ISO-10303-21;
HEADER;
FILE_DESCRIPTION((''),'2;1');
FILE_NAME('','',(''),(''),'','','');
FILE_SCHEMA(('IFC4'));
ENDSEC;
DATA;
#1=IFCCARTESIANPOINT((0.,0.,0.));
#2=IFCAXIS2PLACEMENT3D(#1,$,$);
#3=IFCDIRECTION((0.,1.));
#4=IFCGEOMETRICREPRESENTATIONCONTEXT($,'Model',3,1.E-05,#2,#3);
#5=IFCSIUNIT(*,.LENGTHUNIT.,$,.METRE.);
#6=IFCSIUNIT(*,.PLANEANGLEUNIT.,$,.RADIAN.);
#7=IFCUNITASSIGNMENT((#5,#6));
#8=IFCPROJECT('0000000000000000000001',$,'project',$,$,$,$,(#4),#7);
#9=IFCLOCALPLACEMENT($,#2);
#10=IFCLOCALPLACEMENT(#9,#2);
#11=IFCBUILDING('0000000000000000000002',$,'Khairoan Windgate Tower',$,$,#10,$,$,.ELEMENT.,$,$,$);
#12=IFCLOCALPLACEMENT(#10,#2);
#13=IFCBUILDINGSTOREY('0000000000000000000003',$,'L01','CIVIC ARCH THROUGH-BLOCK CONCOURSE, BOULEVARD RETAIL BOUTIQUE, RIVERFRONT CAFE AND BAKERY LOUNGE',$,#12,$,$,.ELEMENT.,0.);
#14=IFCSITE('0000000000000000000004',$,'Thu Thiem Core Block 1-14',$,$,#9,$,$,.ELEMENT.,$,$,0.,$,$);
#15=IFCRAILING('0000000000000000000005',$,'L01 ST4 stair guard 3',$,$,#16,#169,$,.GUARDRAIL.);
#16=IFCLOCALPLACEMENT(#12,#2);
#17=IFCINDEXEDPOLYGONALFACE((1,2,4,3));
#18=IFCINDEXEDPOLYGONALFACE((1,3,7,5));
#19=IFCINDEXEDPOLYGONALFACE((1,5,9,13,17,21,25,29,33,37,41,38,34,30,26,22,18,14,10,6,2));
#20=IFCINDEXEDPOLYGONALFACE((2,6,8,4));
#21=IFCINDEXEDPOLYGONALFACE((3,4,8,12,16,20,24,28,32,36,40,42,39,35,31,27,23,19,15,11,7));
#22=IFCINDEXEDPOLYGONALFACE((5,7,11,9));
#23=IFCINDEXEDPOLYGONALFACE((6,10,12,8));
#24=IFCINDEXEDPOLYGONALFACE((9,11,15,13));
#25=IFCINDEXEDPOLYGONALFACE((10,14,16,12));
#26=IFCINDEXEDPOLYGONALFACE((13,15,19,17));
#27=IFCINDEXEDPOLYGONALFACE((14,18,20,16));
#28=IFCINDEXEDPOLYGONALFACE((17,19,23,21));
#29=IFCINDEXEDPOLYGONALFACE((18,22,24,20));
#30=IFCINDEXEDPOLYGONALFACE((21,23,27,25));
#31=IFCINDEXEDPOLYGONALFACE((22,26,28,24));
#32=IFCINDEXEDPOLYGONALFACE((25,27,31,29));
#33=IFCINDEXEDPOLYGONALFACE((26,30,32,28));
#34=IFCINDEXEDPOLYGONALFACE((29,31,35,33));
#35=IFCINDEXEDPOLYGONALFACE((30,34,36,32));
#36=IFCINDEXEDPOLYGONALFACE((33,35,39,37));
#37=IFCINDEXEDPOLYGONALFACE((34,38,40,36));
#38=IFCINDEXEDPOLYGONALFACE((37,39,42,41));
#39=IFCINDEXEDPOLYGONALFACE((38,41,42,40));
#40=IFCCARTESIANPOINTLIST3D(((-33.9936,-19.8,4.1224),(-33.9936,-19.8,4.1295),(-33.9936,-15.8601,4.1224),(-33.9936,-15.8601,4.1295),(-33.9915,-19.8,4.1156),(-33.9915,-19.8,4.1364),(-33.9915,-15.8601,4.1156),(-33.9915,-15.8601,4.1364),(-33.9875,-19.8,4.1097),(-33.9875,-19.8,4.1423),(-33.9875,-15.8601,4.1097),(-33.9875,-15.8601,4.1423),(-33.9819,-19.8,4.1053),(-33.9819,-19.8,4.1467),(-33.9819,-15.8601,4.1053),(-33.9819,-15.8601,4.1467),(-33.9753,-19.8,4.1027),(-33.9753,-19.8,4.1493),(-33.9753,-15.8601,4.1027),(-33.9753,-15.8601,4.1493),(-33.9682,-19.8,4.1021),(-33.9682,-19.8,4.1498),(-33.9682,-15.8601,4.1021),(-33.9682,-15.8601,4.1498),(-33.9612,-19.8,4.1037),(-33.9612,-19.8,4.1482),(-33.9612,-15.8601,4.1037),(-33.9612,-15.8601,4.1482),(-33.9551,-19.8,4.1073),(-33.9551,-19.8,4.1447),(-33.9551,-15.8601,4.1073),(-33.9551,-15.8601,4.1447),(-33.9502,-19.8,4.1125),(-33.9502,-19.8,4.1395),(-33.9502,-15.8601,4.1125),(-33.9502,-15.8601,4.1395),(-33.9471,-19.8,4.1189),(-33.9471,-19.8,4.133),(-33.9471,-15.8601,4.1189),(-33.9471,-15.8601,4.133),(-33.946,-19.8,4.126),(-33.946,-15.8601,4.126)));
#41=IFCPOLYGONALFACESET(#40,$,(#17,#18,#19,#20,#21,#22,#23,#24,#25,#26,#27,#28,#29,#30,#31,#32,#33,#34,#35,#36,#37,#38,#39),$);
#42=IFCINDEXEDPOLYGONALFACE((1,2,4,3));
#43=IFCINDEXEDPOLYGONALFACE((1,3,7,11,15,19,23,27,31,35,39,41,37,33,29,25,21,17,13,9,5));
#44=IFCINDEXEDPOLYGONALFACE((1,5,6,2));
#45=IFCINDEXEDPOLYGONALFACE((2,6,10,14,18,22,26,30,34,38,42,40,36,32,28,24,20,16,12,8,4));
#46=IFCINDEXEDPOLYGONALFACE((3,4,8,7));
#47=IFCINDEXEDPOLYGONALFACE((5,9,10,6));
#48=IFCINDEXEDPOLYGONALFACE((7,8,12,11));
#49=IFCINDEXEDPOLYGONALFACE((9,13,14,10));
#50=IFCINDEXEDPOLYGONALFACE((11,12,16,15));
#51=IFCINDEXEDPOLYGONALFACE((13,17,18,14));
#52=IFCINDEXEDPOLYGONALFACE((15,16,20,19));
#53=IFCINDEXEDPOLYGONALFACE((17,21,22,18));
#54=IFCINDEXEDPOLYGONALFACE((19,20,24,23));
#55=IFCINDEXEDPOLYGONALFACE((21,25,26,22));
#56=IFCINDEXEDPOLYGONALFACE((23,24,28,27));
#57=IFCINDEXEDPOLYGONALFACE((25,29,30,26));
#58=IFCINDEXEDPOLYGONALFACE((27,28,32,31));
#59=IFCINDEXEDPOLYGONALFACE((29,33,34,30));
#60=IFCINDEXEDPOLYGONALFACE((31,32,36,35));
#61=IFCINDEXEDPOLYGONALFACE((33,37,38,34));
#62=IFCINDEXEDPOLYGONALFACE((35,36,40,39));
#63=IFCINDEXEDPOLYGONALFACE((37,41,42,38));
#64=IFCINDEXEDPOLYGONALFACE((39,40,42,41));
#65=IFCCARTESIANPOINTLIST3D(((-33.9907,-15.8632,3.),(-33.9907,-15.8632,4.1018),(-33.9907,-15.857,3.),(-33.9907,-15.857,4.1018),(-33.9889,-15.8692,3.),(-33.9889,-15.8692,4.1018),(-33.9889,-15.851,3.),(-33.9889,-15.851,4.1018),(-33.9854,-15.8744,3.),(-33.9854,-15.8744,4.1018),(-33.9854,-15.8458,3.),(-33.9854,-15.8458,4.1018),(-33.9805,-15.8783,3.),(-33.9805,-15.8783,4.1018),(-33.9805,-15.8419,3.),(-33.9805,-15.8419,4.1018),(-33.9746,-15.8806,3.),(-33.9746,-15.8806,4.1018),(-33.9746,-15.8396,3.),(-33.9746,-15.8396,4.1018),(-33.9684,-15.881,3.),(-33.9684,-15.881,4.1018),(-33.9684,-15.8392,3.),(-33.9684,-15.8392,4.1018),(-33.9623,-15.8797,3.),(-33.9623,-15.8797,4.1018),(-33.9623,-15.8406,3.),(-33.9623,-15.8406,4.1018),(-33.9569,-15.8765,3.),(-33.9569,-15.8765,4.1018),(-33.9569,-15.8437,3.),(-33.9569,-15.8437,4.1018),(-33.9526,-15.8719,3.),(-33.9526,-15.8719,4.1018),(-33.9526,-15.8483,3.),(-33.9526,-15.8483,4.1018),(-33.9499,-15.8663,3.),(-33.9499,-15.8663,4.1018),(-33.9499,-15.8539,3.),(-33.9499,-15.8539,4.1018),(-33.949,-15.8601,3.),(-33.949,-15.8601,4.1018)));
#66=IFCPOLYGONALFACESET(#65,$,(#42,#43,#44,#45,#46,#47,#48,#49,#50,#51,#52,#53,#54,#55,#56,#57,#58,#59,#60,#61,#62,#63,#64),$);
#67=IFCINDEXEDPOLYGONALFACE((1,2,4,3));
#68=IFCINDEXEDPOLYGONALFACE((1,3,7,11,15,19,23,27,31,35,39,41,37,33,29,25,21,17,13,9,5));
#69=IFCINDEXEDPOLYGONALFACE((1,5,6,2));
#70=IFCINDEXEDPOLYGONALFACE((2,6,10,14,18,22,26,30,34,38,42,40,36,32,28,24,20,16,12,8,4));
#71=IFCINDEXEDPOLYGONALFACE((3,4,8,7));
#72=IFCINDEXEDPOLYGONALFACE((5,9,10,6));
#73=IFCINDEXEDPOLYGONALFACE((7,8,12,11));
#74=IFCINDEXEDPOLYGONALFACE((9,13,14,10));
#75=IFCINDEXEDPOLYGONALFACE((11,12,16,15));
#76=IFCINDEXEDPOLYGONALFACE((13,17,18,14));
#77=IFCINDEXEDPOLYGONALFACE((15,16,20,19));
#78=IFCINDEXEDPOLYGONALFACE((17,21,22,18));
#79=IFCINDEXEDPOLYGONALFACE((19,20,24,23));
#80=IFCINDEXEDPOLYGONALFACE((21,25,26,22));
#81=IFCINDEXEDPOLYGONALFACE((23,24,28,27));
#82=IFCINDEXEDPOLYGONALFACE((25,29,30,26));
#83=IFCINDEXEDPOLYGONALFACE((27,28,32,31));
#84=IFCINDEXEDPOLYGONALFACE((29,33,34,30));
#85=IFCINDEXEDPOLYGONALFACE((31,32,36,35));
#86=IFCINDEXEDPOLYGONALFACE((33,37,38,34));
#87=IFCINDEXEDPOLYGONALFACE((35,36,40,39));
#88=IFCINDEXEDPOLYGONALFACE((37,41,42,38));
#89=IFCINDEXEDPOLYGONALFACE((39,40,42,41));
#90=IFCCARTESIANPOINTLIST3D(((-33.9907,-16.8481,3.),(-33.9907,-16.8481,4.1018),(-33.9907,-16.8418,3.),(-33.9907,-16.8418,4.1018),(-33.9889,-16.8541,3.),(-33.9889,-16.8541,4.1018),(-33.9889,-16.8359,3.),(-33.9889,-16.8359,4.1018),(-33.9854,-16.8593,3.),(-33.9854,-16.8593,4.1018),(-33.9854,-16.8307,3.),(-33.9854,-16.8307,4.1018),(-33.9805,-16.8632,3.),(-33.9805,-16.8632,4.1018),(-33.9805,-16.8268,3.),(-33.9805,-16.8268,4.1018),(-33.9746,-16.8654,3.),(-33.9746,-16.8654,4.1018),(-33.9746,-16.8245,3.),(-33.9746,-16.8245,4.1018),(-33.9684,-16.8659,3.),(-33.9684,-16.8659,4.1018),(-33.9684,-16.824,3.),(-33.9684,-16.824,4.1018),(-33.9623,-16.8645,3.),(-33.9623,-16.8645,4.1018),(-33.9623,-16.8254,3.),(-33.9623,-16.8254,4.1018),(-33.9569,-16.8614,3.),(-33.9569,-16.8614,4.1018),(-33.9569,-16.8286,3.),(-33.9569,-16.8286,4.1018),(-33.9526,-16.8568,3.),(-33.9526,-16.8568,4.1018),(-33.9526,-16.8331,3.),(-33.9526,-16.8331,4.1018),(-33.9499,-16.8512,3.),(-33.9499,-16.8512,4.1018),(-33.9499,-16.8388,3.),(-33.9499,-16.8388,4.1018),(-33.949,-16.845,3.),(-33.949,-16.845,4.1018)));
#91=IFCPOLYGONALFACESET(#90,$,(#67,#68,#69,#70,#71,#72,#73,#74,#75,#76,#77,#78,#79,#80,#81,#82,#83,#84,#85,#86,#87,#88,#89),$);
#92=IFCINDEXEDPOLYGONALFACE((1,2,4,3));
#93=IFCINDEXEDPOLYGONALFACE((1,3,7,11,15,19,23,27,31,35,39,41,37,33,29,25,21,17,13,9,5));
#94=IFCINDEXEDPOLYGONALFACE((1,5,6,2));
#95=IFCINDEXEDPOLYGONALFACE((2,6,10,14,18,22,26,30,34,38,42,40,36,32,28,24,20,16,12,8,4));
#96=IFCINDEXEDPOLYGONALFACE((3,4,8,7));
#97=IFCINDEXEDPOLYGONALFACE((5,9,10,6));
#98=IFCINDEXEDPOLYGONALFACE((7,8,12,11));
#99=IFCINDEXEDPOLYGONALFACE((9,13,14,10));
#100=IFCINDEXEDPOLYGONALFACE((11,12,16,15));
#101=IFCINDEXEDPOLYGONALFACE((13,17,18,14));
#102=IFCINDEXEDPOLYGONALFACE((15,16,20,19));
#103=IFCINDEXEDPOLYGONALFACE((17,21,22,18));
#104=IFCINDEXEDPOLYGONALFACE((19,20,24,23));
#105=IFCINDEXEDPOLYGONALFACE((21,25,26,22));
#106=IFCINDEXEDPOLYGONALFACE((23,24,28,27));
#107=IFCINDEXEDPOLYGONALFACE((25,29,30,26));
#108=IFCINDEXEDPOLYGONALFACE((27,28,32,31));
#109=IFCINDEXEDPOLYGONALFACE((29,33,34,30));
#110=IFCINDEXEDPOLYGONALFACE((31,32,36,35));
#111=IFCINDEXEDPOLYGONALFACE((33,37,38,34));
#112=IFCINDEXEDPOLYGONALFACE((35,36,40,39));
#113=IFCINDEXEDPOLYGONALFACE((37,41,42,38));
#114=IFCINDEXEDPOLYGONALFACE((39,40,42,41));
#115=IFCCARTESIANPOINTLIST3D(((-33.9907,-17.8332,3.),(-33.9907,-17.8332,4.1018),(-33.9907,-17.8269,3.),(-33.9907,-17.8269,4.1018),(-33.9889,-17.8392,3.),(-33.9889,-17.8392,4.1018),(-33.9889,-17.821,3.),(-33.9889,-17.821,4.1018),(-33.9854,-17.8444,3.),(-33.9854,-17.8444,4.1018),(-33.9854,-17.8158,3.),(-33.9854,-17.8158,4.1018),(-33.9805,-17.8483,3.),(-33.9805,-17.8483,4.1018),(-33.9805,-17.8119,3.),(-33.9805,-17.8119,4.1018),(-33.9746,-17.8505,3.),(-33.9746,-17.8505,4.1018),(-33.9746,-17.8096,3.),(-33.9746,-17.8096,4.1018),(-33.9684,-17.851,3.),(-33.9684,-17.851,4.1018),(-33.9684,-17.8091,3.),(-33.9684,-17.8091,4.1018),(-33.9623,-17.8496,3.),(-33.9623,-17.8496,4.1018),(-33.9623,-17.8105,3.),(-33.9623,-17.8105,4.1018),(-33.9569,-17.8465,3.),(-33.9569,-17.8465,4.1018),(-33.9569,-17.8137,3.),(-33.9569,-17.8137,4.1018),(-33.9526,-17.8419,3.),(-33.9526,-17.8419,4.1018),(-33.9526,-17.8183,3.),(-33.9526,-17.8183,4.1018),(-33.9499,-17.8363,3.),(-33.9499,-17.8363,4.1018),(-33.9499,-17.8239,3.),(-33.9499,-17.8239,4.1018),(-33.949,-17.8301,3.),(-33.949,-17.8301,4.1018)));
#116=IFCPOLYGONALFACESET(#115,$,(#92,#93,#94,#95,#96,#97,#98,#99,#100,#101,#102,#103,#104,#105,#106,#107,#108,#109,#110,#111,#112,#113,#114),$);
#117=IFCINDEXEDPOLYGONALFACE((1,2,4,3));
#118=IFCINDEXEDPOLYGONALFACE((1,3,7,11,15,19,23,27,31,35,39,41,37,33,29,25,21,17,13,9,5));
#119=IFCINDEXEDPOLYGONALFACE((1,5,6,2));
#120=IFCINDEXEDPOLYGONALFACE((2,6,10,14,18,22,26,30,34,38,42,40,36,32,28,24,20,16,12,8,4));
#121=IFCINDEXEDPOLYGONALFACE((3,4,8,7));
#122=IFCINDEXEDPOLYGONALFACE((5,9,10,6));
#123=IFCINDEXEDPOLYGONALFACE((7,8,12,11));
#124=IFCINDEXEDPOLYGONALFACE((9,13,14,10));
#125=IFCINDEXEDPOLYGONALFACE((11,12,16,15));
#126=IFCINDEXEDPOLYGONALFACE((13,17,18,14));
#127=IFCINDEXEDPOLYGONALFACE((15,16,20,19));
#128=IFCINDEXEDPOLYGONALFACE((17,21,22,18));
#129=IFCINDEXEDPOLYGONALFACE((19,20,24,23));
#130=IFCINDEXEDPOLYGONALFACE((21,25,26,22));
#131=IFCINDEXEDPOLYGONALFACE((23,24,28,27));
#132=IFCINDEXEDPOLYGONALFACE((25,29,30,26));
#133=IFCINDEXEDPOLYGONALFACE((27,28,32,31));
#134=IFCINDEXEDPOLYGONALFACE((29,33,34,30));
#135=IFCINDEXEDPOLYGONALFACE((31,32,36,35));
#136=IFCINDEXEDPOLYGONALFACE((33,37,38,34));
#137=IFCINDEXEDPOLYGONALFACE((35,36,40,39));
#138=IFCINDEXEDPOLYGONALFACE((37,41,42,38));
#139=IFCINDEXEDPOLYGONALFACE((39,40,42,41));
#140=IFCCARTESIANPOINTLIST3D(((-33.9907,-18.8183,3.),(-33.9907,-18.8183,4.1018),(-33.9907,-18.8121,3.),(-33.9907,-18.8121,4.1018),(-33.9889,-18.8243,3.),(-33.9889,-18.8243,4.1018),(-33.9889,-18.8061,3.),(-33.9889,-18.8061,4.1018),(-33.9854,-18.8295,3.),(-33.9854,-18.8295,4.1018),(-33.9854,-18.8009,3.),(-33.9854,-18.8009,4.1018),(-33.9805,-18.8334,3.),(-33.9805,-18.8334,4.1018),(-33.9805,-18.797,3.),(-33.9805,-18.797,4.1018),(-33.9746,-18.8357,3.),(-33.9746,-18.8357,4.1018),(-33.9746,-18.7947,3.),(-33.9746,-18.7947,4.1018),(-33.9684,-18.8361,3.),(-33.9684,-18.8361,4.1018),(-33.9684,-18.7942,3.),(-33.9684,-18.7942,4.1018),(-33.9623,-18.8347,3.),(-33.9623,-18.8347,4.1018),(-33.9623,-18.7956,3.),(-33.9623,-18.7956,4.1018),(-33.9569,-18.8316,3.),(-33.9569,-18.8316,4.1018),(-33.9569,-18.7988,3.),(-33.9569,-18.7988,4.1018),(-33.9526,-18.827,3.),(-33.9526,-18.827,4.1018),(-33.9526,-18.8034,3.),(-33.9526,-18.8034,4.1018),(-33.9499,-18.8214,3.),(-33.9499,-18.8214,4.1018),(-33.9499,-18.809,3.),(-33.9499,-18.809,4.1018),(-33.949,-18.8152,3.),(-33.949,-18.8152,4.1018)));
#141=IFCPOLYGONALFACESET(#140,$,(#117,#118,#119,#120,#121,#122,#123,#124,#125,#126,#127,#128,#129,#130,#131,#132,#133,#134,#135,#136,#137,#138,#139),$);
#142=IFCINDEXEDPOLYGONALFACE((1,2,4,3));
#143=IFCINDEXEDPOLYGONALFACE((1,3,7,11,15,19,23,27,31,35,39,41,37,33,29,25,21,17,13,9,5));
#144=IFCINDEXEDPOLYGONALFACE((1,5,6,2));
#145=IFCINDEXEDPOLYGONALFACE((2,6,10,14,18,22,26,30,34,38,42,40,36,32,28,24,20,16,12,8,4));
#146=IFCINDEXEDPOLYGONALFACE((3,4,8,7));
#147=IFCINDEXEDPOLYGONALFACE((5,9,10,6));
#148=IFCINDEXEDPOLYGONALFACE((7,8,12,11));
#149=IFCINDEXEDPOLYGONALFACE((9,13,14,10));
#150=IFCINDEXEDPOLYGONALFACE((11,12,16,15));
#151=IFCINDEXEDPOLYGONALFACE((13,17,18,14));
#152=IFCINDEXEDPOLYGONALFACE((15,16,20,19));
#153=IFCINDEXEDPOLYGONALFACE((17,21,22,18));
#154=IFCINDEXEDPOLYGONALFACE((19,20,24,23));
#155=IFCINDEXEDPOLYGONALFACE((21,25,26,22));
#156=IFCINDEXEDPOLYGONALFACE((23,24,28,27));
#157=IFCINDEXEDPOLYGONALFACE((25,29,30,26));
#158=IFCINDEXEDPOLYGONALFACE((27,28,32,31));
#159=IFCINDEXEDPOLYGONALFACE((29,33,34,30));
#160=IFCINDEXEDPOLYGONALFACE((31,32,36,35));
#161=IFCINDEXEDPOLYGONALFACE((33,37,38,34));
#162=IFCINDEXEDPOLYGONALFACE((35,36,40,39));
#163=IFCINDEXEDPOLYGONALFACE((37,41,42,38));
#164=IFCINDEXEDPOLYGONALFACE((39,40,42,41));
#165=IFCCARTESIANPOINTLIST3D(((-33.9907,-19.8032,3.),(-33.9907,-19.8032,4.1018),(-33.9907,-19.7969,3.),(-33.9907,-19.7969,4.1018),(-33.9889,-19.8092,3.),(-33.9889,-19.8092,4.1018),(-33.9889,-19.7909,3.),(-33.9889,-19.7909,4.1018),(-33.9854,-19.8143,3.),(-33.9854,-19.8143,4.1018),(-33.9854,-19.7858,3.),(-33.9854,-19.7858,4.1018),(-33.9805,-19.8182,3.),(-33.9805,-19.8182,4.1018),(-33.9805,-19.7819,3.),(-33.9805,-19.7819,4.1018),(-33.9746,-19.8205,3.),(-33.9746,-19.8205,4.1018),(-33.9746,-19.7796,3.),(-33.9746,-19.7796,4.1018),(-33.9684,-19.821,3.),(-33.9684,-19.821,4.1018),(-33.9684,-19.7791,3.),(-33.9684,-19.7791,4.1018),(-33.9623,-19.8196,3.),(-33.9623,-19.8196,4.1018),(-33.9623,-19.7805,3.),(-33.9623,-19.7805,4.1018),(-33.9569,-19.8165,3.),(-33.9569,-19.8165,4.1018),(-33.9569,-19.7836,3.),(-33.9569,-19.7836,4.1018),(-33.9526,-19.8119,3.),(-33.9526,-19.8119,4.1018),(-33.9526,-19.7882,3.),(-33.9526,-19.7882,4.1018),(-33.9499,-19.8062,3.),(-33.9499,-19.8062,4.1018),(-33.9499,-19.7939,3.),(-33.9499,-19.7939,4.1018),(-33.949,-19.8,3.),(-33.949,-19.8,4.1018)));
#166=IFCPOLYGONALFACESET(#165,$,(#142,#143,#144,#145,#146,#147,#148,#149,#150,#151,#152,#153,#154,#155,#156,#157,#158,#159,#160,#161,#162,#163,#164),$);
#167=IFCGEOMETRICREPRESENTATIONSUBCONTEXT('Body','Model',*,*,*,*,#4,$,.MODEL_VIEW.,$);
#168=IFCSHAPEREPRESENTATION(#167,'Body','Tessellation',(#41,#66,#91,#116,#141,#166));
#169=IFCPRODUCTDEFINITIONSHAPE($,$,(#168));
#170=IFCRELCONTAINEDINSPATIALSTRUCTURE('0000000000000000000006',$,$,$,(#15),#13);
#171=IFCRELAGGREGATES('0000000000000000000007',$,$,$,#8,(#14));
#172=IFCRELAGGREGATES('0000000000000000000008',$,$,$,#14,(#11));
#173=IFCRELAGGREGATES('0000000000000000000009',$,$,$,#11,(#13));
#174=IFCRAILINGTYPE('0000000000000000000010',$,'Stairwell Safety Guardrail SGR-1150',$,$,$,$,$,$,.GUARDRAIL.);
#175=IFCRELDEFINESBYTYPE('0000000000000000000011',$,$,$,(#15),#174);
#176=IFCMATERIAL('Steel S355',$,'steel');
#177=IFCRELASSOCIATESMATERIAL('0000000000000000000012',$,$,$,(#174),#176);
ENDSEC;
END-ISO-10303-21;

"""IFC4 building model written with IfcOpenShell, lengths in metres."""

from ifc_helpers import new_model, si_unit, direction, frame, origin, origin_2d, place, context, subcontext, project, spatial, circle, extrude, material, type_object, element, save


model = new_model("IFC4")

# Units and contexts
model_context = context("Model", 3, precision=1e-05, world=origin(), true_north=direction((0.0, 1.0)))
body_context = subcontext(model_context, "Body", "Model", "MODEL_VIEW")
ifc_project = project(units=[si_unit("LENGTHUNIT", "METRE"), si_unit("PLANEANGLEUNIT", "RADIAN")], contexts=[model_context])

# Site, building, storey
site_placement = place(None, origin())
site = spatial("IfcSite", under=ifc_project, at=site_placement, Name="Thu Thiem Core Block 1-14", CompositionType="ELEMENT", RefElevation=0.0)
building_placement = place(site_placement, origin())
building = spatial("IfcBuilding", under=site, at=building_placement, Name="Khairoan Windgate Tower", CompositionType="ELEMENT")
storey_placement = place(building_placement, origin())
storey = spatial("IfcBuildingStorey", under=building, at=storey_placement, Name="L01", Description="CIVIC ARCH THROUGH-BLOCK CONCOURSE, BOULEVARD RETAIL BOUTIQUE, RIVERFRONT CAFE AND BAKERY LOUNGE", CompositionType="ELEMENT", Elevation=0.0)

# Railing
ifc_material_1 = material(Name="Steel S355", Category="steel")
railing_type = type_object("IfcRailingType", Name="Stairwell Safety Guardrail SGR-1150", PredefinedType="GUARDRAIL", material=ifc_material_1)
railing_1_placement = place(storey_placement, frame((-33.97, -15.8601, 3.0)))
element("IfcRailing", 1, at=railing_1_placement, inside=storey, type_object=railing_type, Name="L01 ST4 stair guard 3", PredefinedType="GUARDRAIL", context=body_context, shape_type="SweptSolid", body=[
    extrude(circle(Radius=0.0239, at=origin_2d()), frame((0.0, 0.0, 1.126), z_axis=(0.0, -1.0, 0.0), x_axis=(1.0, 0.0, 0.0)), (0.0, 0.0, 1.0), 3.9399),
    extrude(circle(Radius=0.021, at=origin_2d()), origin(), (0.0, 0.0, 1.0), 1.1018),
    extrude(circle(Radius=0.021, at=origin_2d()), frame((0.0, -0.9849, 0.0)), (0.0, 0.0, 1.0), 1.1018),
    extrude(circle(Radius=0.021, at=origin_2d()), frame((0.0, -1.97, 0.0)), (0.0, 0.0, 1.0), 1.1018),
    extrude(circle(Radius=0.021, at=origin_2d()), frame((0.0, -2.9551, 0.0)), (0.0, 0.0, 1.0), 1.1018),
    extrude(circle(Radius=0.021, at=origin_2d()), frame((0.0, -3.9399, 0.0)), (0.0, 0.0, 1.0), 1.1018),
])

save(model, "model.ifc")
